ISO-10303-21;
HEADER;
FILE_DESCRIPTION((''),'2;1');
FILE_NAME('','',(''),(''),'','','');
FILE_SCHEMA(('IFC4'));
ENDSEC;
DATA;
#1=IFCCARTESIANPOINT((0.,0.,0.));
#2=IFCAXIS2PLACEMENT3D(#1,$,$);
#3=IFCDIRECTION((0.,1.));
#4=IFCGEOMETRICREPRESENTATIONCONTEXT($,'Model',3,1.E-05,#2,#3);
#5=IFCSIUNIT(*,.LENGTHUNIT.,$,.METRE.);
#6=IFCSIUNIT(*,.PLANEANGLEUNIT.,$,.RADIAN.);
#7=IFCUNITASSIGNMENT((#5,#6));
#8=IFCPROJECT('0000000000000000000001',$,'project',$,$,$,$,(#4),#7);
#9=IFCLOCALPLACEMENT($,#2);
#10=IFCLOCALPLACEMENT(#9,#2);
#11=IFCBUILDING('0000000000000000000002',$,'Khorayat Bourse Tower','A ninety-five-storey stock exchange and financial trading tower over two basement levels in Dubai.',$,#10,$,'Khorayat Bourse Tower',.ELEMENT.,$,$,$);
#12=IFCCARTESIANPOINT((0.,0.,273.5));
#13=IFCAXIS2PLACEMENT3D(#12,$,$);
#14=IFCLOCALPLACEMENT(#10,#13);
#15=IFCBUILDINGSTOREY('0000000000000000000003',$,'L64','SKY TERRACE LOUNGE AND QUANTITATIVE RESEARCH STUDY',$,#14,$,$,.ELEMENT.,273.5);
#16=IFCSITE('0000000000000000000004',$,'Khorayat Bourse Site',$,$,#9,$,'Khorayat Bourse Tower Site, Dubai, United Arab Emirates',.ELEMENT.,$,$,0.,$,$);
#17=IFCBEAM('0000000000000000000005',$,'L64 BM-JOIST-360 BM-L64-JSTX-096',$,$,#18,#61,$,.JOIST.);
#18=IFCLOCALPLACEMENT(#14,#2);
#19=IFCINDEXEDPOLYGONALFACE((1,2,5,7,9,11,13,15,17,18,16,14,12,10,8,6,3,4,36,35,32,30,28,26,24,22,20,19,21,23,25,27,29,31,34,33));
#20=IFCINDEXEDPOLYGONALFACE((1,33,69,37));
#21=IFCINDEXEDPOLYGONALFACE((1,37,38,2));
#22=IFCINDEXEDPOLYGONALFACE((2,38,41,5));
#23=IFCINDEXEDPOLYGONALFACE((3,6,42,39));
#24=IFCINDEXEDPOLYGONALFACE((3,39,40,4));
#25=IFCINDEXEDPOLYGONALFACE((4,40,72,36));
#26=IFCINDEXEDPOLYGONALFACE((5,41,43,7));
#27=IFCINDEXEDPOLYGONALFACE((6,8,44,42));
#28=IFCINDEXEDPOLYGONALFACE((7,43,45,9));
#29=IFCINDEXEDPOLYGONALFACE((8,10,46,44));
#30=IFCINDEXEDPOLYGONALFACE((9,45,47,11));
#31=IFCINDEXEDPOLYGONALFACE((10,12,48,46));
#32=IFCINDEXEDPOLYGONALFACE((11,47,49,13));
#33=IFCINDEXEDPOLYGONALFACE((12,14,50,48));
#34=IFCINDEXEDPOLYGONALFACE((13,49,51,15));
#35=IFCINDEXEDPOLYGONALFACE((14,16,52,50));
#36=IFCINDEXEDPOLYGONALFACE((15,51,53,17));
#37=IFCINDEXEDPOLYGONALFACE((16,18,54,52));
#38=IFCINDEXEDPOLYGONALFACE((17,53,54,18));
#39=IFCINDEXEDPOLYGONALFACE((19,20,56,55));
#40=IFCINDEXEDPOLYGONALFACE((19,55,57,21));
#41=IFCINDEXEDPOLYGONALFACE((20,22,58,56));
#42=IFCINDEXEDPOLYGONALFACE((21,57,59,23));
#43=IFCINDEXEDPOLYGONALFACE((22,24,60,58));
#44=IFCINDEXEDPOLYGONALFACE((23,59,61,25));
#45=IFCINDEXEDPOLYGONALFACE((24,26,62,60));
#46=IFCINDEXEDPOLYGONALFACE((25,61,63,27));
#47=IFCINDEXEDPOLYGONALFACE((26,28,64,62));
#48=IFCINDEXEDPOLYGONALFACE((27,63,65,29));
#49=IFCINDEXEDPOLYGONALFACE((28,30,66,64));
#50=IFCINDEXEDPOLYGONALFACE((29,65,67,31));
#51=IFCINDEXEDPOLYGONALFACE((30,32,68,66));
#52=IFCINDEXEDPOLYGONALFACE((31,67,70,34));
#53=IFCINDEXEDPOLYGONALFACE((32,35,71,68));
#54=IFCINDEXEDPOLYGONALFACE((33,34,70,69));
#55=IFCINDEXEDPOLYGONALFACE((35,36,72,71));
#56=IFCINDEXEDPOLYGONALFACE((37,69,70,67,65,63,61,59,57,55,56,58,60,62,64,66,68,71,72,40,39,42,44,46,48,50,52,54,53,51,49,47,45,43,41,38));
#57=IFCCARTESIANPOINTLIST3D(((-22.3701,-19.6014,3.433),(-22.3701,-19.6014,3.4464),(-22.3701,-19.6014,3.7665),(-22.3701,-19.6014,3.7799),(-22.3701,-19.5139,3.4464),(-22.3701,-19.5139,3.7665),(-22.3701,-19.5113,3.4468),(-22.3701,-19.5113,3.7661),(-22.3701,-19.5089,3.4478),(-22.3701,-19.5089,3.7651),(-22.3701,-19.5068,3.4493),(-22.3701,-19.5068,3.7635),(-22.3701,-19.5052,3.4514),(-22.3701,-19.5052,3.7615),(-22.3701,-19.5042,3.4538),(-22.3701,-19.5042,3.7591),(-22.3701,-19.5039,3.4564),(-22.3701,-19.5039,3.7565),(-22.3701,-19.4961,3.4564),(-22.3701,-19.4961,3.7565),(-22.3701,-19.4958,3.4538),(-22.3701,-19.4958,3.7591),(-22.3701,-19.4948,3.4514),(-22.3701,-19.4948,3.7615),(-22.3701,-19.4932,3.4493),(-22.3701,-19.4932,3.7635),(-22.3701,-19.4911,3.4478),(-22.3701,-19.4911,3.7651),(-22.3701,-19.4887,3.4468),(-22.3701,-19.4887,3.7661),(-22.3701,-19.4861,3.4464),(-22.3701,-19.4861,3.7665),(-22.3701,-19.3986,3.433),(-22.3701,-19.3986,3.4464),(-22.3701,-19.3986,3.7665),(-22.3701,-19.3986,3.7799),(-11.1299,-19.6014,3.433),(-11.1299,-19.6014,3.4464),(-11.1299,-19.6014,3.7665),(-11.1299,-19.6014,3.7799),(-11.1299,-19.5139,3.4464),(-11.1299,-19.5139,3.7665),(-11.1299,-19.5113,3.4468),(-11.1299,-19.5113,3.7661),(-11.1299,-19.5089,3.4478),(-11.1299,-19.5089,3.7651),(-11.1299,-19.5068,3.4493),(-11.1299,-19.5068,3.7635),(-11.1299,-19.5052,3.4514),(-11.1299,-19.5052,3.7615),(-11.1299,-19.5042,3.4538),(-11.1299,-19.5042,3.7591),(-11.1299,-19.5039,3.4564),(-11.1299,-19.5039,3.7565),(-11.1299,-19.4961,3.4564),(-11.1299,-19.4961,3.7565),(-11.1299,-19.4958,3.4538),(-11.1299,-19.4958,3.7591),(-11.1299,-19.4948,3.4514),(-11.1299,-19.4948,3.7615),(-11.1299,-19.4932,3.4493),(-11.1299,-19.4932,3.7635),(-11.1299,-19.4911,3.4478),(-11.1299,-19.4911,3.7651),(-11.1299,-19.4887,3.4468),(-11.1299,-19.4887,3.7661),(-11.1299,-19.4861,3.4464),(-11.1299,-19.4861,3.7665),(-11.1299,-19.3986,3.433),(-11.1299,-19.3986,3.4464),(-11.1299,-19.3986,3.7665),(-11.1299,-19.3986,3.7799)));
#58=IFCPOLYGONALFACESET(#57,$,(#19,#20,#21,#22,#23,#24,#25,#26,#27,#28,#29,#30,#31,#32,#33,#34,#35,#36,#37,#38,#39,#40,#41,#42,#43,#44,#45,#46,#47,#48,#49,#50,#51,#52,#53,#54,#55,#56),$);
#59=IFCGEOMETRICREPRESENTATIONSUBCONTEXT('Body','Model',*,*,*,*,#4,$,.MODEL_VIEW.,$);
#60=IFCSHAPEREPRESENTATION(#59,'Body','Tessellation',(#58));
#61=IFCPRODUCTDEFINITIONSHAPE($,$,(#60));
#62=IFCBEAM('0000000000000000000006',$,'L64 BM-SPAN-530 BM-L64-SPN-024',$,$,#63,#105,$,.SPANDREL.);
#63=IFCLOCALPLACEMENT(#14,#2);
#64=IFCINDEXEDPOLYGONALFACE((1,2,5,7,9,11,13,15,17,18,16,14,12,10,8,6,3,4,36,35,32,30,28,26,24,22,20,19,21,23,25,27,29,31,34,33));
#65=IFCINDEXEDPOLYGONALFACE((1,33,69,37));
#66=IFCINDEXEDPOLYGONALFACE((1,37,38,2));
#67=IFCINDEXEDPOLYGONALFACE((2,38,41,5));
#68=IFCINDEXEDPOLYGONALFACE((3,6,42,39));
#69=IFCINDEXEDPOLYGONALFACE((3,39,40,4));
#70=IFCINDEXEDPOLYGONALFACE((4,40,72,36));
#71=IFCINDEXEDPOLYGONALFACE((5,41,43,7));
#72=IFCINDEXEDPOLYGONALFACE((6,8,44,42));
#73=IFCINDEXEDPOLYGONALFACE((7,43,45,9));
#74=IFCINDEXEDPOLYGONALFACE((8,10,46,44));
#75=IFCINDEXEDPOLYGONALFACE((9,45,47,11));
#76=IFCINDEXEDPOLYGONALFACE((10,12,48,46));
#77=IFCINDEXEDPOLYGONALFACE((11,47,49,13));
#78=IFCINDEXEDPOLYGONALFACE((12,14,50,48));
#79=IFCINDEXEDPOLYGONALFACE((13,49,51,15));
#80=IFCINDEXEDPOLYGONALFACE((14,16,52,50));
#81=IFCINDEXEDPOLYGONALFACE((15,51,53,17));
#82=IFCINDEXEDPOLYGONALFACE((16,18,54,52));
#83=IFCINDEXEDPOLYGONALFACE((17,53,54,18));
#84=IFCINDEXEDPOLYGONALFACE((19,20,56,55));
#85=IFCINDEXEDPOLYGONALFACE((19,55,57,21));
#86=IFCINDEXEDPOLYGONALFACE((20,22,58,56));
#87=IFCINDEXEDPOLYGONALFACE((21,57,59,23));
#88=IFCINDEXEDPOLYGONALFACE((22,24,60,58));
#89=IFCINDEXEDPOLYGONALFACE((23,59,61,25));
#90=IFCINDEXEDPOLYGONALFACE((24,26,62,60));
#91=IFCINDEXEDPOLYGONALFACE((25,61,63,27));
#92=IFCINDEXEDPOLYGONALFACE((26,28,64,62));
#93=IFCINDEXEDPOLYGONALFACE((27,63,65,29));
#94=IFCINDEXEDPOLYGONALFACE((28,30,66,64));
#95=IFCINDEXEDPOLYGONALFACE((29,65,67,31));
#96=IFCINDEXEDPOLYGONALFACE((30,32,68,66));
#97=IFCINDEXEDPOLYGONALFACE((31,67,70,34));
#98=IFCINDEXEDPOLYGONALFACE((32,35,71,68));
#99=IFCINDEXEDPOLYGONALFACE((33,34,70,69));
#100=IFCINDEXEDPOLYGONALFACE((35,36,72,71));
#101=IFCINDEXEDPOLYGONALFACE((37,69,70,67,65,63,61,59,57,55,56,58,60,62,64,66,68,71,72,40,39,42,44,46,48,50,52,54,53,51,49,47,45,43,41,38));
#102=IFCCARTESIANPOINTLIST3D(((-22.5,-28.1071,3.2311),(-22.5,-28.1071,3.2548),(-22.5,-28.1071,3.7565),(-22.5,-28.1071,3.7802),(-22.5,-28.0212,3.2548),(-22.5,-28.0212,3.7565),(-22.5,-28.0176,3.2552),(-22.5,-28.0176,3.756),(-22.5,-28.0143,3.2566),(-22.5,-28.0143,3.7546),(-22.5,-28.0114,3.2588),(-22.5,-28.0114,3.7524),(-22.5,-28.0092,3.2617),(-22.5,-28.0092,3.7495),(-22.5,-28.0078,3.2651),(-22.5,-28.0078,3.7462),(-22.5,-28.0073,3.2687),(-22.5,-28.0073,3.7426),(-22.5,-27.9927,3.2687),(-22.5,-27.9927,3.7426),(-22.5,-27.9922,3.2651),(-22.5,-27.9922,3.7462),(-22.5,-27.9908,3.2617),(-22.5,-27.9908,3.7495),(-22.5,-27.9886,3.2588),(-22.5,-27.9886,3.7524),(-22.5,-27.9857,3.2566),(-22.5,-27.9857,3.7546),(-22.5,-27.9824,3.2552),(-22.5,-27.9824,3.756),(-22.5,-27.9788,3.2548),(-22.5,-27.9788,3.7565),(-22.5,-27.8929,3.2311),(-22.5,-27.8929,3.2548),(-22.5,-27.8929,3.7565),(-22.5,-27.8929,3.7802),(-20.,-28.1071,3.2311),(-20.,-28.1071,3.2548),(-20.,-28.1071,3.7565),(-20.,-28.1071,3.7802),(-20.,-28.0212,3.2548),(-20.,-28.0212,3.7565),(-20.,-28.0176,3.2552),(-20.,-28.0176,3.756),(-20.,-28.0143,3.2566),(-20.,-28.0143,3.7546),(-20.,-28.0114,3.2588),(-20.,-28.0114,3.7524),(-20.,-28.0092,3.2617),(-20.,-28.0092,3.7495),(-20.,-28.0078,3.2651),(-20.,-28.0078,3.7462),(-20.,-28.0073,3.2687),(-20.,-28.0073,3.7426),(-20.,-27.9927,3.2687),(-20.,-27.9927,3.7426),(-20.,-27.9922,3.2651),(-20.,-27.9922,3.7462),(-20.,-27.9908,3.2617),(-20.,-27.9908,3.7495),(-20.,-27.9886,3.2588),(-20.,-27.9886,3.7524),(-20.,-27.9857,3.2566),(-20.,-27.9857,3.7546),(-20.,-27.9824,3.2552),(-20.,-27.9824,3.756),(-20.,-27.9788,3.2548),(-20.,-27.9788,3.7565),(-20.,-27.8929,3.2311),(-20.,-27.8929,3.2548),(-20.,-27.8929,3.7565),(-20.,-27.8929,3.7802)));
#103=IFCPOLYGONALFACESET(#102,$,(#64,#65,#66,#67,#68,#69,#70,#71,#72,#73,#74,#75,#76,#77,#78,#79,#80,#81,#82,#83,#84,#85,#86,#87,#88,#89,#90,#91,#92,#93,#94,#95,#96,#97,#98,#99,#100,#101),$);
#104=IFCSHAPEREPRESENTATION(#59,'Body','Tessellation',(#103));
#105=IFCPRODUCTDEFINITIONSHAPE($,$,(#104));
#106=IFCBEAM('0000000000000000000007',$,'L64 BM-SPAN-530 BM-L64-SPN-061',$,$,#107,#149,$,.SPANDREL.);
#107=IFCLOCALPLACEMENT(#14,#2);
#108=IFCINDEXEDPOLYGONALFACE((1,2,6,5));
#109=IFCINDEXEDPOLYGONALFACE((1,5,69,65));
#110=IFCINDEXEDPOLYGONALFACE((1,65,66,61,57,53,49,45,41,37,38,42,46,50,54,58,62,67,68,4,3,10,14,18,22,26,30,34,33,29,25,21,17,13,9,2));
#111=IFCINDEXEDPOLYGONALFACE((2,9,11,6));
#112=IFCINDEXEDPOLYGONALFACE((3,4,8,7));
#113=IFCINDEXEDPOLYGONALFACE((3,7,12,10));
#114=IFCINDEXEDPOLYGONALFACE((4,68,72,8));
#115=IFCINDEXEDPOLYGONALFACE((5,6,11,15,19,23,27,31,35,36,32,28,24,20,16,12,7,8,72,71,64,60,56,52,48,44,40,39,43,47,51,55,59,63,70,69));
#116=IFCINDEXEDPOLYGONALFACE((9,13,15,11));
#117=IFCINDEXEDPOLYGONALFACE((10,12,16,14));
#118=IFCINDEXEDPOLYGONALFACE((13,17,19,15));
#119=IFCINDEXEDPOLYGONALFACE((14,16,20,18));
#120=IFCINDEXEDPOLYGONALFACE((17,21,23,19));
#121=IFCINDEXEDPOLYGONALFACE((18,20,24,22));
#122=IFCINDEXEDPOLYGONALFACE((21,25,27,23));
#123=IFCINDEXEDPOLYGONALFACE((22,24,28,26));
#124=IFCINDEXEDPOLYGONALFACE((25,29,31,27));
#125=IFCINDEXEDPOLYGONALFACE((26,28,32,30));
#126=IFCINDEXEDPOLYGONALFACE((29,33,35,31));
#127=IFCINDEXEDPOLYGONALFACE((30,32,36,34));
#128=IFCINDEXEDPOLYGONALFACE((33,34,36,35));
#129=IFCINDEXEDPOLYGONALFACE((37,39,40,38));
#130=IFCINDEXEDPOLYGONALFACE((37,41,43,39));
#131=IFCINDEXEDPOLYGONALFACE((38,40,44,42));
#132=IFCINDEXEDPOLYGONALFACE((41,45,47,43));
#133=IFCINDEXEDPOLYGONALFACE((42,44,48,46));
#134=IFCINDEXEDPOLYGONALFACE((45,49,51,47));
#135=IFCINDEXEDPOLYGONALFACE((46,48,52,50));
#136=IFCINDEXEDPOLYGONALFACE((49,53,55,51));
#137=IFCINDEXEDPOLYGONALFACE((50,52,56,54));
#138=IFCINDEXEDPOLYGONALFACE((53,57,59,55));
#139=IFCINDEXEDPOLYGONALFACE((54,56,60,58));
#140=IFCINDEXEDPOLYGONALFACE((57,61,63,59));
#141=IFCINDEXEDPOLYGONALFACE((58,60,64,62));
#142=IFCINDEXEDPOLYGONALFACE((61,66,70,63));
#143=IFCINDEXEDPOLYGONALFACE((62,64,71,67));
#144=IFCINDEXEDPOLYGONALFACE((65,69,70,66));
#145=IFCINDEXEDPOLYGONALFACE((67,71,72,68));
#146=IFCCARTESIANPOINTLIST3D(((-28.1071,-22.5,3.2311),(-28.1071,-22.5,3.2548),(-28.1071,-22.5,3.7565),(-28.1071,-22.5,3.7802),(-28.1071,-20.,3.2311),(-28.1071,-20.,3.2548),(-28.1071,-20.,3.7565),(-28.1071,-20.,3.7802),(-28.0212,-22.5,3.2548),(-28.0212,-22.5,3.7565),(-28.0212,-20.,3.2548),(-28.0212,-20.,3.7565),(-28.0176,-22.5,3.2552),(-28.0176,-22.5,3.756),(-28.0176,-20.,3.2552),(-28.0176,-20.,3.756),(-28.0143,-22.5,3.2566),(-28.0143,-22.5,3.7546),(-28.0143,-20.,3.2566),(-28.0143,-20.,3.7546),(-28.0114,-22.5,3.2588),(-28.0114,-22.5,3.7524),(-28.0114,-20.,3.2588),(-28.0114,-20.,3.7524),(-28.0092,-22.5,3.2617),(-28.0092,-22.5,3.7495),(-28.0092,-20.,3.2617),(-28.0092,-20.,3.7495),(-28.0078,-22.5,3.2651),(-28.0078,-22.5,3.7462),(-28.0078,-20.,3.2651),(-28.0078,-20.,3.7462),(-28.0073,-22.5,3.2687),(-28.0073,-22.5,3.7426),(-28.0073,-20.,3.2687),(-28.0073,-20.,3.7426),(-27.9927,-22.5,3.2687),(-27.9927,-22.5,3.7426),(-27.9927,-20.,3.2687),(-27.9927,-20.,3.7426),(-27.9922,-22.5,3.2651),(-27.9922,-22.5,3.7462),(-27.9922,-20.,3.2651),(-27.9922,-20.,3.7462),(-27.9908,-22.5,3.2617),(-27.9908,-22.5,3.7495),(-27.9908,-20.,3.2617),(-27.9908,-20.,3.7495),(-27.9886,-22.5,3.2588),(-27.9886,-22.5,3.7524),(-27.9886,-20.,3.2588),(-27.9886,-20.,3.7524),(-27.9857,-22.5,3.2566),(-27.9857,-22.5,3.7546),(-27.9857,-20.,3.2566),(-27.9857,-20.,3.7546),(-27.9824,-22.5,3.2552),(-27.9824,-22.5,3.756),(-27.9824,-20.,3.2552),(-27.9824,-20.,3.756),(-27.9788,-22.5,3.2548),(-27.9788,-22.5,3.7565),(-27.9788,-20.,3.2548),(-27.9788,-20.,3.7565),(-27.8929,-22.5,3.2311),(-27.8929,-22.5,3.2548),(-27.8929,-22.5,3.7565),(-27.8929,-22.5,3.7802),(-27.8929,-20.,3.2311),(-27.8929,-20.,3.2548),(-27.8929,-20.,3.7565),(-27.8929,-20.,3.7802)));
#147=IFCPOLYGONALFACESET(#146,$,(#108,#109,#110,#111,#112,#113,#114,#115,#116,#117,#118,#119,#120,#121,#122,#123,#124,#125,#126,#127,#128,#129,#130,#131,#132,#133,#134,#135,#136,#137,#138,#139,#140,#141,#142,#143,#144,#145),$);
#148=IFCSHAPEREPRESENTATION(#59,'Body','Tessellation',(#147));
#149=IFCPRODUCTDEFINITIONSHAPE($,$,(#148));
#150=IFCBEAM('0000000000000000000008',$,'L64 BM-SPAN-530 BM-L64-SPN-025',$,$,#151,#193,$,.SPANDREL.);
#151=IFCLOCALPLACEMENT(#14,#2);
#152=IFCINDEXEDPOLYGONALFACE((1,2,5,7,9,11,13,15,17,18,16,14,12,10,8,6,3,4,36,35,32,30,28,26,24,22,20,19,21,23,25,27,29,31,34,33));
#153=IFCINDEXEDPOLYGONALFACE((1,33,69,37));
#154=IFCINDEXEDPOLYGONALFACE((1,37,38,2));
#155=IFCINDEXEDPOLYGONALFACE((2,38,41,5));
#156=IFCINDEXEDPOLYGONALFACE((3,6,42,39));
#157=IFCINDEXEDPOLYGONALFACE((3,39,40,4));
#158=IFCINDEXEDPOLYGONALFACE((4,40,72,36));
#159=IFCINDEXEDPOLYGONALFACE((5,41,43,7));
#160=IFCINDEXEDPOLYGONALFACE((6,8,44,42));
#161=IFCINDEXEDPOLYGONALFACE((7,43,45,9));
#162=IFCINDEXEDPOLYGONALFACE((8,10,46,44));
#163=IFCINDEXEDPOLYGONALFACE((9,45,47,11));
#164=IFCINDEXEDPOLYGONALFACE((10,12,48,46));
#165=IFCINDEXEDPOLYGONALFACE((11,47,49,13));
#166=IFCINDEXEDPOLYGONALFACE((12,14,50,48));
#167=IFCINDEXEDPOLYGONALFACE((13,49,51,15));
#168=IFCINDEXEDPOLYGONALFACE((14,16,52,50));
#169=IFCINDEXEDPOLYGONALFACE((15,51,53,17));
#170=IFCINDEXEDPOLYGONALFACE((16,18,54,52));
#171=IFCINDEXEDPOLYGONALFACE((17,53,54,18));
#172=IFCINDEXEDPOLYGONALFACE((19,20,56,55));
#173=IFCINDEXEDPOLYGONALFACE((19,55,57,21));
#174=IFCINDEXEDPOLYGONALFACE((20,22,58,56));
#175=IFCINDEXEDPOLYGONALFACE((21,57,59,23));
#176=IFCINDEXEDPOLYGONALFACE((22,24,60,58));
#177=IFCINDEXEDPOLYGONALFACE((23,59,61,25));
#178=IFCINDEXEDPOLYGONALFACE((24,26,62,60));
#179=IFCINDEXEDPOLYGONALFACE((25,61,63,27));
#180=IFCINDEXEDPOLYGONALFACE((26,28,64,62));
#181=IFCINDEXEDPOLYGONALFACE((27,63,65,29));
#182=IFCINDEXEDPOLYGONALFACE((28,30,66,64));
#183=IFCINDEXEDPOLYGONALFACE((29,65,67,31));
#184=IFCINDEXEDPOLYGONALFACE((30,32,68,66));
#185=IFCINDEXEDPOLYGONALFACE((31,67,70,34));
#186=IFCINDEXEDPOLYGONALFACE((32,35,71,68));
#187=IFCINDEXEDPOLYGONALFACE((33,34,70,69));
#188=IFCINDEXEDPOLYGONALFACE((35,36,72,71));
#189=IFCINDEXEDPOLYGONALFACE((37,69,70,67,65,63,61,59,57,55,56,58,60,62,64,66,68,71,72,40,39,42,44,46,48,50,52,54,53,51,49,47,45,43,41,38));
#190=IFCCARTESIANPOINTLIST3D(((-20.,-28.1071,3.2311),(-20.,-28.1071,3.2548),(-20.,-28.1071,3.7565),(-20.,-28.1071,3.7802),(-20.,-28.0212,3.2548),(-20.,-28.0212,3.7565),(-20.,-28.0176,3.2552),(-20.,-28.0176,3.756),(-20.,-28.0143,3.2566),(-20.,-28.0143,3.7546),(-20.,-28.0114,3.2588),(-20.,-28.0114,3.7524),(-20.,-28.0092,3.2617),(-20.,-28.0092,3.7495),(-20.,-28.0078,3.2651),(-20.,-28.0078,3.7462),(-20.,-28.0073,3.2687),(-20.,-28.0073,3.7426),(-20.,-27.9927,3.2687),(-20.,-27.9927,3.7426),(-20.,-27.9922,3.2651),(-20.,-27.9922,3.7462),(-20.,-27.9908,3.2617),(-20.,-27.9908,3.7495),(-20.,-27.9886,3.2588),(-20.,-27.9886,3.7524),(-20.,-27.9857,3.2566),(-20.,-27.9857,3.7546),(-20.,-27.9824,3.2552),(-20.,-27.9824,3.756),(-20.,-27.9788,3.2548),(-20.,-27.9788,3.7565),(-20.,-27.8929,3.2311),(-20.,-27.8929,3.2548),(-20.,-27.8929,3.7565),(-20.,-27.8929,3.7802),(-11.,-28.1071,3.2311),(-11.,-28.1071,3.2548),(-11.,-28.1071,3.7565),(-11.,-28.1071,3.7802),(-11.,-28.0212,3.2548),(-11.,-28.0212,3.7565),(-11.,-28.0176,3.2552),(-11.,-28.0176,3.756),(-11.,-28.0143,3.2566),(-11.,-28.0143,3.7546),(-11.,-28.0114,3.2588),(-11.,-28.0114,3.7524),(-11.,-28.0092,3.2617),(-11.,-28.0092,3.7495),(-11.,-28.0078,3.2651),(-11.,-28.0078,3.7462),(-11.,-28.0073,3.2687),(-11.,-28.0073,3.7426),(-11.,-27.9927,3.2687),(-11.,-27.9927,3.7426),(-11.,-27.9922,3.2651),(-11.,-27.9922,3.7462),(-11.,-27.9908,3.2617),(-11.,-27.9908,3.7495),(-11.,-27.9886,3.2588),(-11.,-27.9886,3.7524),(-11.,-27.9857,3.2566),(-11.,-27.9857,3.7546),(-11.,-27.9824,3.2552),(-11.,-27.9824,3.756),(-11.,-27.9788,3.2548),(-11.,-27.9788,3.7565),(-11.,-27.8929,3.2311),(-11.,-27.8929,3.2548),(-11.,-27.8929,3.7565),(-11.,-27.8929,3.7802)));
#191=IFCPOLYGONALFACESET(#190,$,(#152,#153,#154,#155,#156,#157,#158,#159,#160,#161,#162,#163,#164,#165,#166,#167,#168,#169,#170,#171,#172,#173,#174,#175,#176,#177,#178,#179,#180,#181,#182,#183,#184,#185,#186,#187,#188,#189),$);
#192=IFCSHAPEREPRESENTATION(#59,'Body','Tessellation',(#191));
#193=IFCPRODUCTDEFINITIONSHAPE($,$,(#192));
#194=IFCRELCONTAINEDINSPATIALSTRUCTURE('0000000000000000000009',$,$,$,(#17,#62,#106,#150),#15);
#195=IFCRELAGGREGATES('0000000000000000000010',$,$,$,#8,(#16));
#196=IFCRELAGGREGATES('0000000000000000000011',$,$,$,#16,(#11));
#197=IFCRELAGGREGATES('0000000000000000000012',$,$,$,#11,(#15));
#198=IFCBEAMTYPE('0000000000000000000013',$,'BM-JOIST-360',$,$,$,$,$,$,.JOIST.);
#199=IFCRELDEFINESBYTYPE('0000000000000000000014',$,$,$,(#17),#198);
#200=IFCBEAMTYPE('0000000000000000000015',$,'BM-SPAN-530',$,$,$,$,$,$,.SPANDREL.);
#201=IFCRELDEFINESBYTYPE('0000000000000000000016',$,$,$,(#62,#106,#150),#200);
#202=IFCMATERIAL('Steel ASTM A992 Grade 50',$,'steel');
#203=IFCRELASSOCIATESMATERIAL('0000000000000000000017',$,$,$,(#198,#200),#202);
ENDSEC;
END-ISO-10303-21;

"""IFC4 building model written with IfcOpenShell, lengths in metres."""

from ifc_helpers import new_model, si_unit, direction, frame, origin, origin_2d, place, context, subcontext, project, spatial, i_section, extrude, source, transform, mapped, material, material_profile, profile_set, type_object, element, save


model = new_model("IFC4")

# Units and contexts
model_context = context("Model", 3, precision=1e-05, world=origin(), true_north=direction((0.0, 1.0)))
body_context = subcontext(model_context, "Body", "Model", "MODEL_VIEW")
ifc_project = project(units=[si_unit("LENGTHUNIT", "METRE"), si_unit("PLANEANGLEUNIT", "RADIAN")], contexts=[model_context])

# Site, building, storey
site_placement = place(None, origin())
site = spatial("IfcSite", under=ifc_project, at=site_placement, Name="Khorayat Bourse Site", LongName="Khorayat Bourse Tower Site, Dubai, United Arab Emirates", CompositionType="ELEMENT", RefElevation=0.0)
building_placement = place(site_placement, origin())
building = spatial("IfcBuilding", under=site, at=building_placement, Name="Khorayat Bourse Tower", Description="A ninety-five-storey stock exchange and financial trading tower over two basement levels in Dubai.", LongName="Khorayat Bourse Tower", CompositionType="ELEMENT")
storey_placement = place(building_placement, frame((0.0, 0.0, 273.5)))
storey = spatial("IfcBuildingStorey", under=building, at=storey_placement, Name="L64", Description="SKY TERRACE LOUNGE AND QUANTITATIVE RESEARCH STUDY", CompositionType="ELEMENT", Elevation=273.5)

# Beams
ifc_material_1 = material(Name="Steel ASTM A992 Grade 50", Category="steel")
ifc_material_profile_1 = material_profile(ifc_material_1, i_section(OverallWidth=0.2029, OverallDepth=0.3469, WebThickness=0.0078, FlangeThickness=0.0134, FilletRadius=0.01, at=origin_2d()), Name="W360X64")
ifc_profile_set_1 = profile_set([ifc_material_profile_1], Name="Steel ASTM A992 Grade 50")
beam_type_1 = type_object("IfcBeamType", Name="BM-JOIST-360", PredefinedType="JOIST", material=ifc_profile_set_1)
shared_shape_1 = source(origin(), body_context, "Body", "SweptSolid", [
    extrude(i_section(OverallWidth=0.2029, OverallDepth=0.3469, WebThickness=0.0078, FlangeThickness=0.0134, FilletRadius=0.01, at=origin_2d()), origin(), (0.0, 0.0, 1.0), 11.2402),
])
beam_1_placement = place(storey_placement, frame((-22.3701, -19.5, 3.6064), z_axis=(1.0, 0.0, 0.0), x_axis=(0.0, 1.0, 0.0)))
element("IfcBeam", 1, at=beam_1_placement, inside=storey, type_object=beam_type_1, Name="L64 BM-JOIST-360 BM-L64-JSTX-096", PredefinedType="JOIST", context=body_context, shape_type="MappedRepresentation", body=[
    mapped(shared_shape_1, transform((0.0, 0.0, 0.0), scale=1.0)),
])
ifc_material_profile_2 = material_profile(ifc_material_1, i_section(OverallWidth=0.2141, OverallDepth=0.5491, WebThickness=0.0146, FlangeThickness=0.0237, FilletRadius=0.0139, at=origin_2d()), Name="W530X138")
ifc_profile_set_2 = profile_set([ifc_material_profile_2], Name="Steel ASTM A992 Grade 50")
beam_type_2 = type_object("IfcBeamType", Name="BM-SPAN-530", PredefinedType="SPANDREL", material=ifc_profile_set_2)
shared_shape_2 = source(origin(), body_context, "Body", "SweptSolid", [
    extrude(i_section(OverallWidth=0.2141, OverallDepth=0.5491, WebThickness=0.0146, FlangeThickness=0.0237, FilletRadius=0.0139, at=origin_2d()), origin(), (0.0, 0.0, 1.0), 2.5),
])
for number, where, z_axis, x_axis, name in (
    (2, (-22.5, -28.0, 3.5056), (1.0, 0.0, 0.0), (0.0, 1.0, 0.0), "L64 BM-SPAN-530 BM-L64-SPN-024"),
    (3, (-28.0, -22.5, 3.5056), (0.0, 1.0, 0.0), (-1.0, 0.0, 0.0), "L64 BM-SPAN-530 BM-L64-SPN-061"),
):
    element("IfcBeam", number, at=place(storey_placement, frame(where, z_axis=z_axis, x_axis=x_axis)), inside=storey, type_object=beam_type_2, Name=name, PredefinedType="SPANDREL", context=body_context, shape_type="MappedRepresentation", body=[
        mapped(shared_shape_2, transform((0.0, 0.0, 0.0), scale=1.0)),
    ])
shared_shape_3 = source(origin(), body_context, "Body", "SweptSolid", [
    extrude(i_section(OverallWidth=0.2141, OverallDepth=0.5491, WebThickness=0.0146, FlangeThickness=0.0237, FilletRadius=0.0139, at=origin_2d()), origin(), (0.0, 0.0, 1.0), 9.0),
])
for number, where, z_axis, x_axis, name in (
    (4, (-20.0, -28.0, 3.5056), (1.0, 0.0, 0.0), (0.0, 1.0, 0.0), "L64 BM-SPAN-530 BM-L64-SPN-025"),
):
    element("IfcBeam", number, at=place(storey_placement, frame(where, z_axis=z_axis, x_axis=x_axis)), inside=storey, type_object=beam_type_2, Name=name, PredefinedType="SPANDREL", context=body_context, shape_type="MappedRepresentation", body=[
        mapped(shared_shape_3, transform((0.0, 0.0, 0.0), scale=1.0)),
    ])

save(model, "model.ifc")
